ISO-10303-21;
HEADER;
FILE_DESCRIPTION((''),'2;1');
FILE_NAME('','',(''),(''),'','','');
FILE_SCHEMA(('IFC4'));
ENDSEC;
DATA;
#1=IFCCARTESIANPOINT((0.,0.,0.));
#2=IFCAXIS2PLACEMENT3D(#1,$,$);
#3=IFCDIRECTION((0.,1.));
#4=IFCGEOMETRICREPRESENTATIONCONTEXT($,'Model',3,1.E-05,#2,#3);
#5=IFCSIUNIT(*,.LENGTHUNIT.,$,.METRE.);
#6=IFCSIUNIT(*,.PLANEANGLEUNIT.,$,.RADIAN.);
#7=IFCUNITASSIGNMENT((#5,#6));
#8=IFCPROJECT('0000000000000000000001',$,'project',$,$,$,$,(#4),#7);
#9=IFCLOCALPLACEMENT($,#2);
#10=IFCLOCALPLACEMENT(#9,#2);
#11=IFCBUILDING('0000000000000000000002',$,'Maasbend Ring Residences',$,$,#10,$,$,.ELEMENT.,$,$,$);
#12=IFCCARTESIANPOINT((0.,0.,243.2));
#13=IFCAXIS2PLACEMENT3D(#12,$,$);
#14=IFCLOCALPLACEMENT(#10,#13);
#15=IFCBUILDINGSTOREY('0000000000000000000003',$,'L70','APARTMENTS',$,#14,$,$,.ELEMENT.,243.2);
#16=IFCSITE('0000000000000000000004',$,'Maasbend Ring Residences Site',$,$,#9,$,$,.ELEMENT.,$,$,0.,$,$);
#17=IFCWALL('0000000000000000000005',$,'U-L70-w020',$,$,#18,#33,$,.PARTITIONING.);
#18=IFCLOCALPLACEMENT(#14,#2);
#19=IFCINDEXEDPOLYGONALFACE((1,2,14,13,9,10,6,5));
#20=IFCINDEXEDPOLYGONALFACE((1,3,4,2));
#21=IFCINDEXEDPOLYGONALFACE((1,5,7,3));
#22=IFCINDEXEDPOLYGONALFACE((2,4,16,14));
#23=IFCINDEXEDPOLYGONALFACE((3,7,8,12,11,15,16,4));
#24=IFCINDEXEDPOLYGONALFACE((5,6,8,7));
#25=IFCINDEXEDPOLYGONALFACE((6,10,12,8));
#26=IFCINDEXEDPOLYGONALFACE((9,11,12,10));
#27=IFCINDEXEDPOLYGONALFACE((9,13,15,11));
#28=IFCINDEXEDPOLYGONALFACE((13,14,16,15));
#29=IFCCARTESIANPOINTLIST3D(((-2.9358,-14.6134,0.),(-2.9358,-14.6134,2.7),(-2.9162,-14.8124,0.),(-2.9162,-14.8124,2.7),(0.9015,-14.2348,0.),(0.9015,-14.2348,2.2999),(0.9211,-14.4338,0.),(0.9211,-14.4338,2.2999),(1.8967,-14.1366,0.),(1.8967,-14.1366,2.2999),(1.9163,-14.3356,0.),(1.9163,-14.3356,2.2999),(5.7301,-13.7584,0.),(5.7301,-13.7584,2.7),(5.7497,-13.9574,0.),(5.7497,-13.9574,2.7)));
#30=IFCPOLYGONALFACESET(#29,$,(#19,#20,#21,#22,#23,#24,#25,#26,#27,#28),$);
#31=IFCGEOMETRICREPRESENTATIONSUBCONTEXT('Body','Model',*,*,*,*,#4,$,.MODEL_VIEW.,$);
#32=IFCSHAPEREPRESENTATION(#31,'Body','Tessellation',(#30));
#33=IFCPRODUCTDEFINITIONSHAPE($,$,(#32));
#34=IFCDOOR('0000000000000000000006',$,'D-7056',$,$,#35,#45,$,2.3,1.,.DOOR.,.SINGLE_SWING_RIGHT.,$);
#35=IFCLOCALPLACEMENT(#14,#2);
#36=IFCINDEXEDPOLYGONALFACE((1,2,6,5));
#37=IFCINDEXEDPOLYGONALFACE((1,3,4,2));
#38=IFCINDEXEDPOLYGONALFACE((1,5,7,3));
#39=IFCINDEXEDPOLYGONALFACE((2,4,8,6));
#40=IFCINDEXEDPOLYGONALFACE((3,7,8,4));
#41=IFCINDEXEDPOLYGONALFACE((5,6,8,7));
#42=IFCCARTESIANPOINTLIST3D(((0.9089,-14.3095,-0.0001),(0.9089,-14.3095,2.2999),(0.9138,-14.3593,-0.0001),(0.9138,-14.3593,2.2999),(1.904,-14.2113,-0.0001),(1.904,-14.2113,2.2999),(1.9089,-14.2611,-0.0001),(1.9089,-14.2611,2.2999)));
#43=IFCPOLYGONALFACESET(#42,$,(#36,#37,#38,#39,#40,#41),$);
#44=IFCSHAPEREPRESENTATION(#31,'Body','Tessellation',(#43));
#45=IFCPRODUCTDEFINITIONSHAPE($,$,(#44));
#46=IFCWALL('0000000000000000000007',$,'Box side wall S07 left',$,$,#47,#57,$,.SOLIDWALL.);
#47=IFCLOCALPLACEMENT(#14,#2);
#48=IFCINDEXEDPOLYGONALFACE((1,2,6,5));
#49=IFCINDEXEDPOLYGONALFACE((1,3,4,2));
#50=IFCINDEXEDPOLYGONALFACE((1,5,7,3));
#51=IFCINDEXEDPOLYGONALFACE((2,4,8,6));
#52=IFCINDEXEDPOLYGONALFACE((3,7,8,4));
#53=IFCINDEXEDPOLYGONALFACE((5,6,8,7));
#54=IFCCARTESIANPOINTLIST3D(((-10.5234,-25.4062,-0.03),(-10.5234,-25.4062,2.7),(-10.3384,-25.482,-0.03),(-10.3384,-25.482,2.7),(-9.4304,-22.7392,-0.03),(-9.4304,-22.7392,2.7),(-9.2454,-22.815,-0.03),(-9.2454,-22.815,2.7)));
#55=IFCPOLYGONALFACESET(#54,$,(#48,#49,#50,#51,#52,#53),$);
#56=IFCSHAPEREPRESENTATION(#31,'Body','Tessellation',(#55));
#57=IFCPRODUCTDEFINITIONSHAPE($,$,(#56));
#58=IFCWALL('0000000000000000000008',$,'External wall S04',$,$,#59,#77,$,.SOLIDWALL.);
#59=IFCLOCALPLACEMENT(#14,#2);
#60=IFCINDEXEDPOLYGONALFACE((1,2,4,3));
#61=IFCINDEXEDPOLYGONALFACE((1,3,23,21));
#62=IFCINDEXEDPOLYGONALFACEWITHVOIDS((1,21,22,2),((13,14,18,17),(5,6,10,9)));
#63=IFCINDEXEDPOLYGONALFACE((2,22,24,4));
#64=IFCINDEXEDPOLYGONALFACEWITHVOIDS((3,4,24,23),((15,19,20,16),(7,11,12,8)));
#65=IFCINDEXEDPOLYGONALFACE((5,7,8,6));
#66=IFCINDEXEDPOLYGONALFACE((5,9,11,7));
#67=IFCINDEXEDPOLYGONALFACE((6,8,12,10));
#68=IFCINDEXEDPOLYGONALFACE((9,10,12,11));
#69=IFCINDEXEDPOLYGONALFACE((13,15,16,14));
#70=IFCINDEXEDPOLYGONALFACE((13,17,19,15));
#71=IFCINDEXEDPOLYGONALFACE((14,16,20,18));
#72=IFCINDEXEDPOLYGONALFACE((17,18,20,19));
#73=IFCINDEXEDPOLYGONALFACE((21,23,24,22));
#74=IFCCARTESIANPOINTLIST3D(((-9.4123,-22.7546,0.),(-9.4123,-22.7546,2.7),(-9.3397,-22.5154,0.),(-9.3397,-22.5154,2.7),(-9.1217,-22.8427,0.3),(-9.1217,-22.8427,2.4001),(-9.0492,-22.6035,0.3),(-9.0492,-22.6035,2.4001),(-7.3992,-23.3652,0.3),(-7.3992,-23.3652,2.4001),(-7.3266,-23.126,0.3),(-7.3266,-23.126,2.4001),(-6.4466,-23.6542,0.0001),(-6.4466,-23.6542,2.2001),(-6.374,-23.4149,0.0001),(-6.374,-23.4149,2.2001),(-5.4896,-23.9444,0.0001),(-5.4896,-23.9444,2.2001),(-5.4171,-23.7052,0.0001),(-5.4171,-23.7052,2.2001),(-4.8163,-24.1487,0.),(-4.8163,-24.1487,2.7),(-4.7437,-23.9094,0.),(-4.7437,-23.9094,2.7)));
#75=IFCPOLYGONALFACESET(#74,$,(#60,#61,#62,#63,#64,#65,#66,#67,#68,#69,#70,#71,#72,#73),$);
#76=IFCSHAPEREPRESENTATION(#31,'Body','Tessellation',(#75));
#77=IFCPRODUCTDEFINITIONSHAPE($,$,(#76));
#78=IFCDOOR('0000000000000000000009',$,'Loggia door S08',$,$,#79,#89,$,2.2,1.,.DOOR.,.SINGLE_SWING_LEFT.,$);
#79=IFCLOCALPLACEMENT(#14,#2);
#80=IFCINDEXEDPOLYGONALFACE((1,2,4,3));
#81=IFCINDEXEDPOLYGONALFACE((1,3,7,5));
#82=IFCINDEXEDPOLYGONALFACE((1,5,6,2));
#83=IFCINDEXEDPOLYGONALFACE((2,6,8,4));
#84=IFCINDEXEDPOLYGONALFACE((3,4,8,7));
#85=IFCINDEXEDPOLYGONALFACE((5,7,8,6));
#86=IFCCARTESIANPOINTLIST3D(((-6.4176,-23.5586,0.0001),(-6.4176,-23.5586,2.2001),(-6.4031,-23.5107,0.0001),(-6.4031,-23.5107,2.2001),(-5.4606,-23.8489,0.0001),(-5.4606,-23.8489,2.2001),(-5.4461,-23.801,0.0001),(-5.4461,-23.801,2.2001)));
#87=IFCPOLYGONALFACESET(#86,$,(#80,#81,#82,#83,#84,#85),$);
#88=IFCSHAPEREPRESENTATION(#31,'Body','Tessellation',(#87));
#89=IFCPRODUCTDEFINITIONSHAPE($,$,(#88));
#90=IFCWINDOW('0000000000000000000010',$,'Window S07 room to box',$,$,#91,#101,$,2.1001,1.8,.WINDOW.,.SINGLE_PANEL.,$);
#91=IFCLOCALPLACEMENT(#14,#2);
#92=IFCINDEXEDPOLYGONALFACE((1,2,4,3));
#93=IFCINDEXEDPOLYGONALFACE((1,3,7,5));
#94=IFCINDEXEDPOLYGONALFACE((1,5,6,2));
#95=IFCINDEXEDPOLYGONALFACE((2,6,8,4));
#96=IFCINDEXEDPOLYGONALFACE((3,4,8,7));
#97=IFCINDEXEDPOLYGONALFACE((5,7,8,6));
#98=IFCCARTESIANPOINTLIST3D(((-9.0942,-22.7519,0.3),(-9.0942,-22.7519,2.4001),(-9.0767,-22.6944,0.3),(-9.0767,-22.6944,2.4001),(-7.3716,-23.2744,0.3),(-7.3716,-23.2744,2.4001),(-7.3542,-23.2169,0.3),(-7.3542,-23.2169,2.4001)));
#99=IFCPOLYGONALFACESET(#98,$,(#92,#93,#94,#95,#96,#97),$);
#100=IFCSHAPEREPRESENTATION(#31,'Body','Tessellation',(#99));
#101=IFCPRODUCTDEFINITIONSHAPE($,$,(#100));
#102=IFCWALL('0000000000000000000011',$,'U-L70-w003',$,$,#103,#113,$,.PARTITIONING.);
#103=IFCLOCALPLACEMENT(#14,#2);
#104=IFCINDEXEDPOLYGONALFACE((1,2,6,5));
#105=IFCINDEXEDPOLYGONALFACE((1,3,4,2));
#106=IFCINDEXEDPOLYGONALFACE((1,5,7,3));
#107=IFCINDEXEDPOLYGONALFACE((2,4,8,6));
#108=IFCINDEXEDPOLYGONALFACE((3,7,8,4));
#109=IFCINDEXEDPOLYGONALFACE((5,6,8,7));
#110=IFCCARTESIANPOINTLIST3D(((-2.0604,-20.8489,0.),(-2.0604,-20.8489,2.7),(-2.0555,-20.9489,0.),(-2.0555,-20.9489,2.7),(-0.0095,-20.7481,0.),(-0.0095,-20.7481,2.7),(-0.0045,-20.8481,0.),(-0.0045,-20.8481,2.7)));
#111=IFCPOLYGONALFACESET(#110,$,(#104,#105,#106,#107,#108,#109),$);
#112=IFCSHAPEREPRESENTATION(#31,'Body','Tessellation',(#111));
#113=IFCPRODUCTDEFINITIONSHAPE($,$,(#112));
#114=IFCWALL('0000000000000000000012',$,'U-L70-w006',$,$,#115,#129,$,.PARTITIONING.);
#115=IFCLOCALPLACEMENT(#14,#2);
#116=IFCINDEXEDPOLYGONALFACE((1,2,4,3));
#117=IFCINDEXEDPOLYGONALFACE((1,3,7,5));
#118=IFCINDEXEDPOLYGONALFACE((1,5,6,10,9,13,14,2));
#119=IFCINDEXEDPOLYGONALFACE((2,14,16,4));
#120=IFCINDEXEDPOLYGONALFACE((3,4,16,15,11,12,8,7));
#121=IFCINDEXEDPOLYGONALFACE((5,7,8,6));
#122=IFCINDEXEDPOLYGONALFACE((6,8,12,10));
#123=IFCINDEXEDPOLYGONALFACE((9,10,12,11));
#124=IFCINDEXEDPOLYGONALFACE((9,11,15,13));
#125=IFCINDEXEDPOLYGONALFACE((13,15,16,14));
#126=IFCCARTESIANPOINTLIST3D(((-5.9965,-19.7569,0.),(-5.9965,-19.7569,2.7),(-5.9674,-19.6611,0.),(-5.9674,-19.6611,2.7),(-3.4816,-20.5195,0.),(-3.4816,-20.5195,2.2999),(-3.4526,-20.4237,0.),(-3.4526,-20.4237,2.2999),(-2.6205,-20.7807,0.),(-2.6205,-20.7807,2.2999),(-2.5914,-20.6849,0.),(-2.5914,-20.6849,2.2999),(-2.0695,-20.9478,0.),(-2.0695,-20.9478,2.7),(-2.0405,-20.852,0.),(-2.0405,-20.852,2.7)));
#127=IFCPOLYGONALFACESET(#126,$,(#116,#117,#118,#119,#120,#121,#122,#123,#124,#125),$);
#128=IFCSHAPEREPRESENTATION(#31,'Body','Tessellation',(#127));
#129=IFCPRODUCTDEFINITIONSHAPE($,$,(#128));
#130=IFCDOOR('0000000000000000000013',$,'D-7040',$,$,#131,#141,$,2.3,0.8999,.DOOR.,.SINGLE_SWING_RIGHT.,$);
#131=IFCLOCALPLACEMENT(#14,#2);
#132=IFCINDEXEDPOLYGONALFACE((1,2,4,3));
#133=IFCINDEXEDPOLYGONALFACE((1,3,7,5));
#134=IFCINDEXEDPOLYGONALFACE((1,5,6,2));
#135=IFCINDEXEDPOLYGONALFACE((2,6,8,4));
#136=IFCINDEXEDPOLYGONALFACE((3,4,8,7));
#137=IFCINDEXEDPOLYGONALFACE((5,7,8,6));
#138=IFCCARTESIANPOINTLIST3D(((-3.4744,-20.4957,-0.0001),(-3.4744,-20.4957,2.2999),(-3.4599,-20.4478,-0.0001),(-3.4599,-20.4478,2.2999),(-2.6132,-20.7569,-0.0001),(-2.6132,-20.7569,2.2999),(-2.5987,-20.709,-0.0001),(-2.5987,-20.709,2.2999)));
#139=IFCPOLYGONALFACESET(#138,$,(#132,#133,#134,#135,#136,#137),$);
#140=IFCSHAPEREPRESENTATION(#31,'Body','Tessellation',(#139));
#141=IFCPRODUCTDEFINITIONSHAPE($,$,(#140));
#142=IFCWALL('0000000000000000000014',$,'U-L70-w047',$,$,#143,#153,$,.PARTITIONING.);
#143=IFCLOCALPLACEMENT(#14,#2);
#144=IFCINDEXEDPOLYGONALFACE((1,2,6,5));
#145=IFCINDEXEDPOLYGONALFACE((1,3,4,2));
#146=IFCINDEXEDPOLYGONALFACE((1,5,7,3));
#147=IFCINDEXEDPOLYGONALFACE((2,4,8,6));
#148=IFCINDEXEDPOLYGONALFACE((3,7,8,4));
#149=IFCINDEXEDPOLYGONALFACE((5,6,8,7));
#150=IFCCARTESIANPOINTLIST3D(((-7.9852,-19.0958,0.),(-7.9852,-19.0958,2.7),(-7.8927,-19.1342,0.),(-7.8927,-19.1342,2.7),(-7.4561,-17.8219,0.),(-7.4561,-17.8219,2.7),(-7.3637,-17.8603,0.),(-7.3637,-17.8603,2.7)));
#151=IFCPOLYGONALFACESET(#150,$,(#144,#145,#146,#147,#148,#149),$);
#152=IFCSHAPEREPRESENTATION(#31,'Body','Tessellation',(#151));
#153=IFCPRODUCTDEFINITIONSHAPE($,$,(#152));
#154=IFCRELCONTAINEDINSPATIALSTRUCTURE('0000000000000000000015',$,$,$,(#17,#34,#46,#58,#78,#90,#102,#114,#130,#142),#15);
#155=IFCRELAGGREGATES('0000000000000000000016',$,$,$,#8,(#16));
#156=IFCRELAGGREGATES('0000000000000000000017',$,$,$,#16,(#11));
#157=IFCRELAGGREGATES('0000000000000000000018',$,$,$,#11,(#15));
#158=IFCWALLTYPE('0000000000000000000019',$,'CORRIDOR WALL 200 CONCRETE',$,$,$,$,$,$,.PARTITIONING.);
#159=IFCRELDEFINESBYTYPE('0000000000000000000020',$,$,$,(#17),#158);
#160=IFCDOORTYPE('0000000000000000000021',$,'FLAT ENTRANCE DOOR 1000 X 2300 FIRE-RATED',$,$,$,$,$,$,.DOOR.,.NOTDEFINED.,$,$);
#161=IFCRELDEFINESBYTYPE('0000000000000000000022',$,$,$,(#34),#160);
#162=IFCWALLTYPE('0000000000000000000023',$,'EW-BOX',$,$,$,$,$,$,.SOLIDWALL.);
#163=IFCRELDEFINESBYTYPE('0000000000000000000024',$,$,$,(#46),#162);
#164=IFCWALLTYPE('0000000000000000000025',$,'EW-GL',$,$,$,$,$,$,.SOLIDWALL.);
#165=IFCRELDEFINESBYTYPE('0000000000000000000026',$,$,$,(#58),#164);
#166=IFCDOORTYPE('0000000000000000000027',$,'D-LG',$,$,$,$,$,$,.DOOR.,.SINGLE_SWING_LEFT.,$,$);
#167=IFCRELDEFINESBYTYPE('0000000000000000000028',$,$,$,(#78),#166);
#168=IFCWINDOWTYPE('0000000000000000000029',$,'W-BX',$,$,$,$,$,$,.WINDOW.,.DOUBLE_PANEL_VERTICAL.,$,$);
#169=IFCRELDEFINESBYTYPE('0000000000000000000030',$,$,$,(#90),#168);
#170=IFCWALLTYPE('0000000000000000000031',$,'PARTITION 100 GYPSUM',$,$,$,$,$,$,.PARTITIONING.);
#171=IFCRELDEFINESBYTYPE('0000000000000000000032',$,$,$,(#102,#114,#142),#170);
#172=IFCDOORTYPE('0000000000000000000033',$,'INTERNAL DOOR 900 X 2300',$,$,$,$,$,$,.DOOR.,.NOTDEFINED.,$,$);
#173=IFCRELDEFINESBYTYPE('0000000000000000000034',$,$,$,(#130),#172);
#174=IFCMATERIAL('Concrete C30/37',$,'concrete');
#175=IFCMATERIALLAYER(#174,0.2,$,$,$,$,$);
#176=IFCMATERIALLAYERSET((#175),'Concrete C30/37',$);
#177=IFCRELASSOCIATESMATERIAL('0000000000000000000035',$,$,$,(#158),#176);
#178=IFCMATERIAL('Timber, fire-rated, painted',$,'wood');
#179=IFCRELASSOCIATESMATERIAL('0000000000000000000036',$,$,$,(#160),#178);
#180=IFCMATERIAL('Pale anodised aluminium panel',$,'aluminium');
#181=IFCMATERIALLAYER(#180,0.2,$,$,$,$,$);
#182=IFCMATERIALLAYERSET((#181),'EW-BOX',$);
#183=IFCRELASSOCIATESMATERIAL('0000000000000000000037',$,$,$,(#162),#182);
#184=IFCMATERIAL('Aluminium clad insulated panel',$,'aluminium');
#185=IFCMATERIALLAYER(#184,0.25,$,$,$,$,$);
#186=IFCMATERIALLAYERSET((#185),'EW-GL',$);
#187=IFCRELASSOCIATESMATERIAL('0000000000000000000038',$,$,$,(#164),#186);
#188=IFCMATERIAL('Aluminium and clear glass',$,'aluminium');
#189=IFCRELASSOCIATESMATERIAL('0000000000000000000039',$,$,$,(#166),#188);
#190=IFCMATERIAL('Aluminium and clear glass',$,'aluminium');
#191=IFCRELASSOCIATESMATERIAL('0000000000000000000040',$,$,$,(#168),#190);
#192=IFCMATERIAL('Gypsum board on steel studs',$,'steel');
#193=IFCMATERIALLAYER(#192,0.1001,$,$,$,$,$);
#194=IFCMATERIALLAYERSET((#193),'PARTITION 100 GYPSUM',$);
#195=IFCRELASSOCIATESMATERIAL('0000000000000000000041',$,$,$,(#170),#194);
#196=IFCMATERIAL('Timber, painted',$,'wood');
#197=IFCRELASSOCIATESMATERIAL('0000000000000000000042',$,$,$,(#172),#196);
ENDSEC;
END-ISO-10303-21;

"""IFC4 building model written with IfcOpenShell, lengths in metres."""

from ifc_helpers import new_model, si_unit, direction, frame, frame_2d, origin, place, context, subcontext, project, spatial, rectangle, extrude, material, layer, layer_set, type_object, element, fill, save


model = new_model("IFC4")

# Units and contexts
model_context = context("Model", 3, precision=1e-05, world=origin(), true_north=direction((0.0, 1.0)))
body_context = subcontext(model_context, "Body", "Model", "MODEL_VIEW")
ifc_project = project(units=[si_unit("LENGTHUNIT", "METRE"), si_unit("PLANEANGLEUNIT", "RADIAN")], contexts=[model_context])

# Site, building, storey
site_placement = place(None, origin())
site = spatial("IfcSite", under=ifc_project, at=site_placement, Name="Maasbend Ring Residences Site", CompositionType="ELEMENT", RefElevation=0.0)
building_placement = place(site_placement, origin())
building = spatial("IfcBuilding", under=site, at=building_placement, Name="Maasbend Ring Residences", CompositionType="ELEMENT")
storey_placement = place(building_placement, frame((0.0, 0.0, 243.2)))
storey = spatial("IfcBuildingStorey", under=building, at=storey_placement, Name="L70", Description="APARTMENTS", CompositionType="ELEMENT", Elevation=243.2)

# Wall, opening, door
ifc_material_1 = material(Name="Concrete C30/37", Category="concrete")
ifc_layer_1 = layer(ifc_material_1, 0.2)
ifc_layer_set_1 = layer_set([ifc_layer_1], Name="Concrete C30/37")
wall_type_1 = type_object("IfcWallType", Name="CORRIDOR WALL 200 CONCRETE", PredefinedType="PARTITIONING", material=ifc_layer_set_1)
ifc_material_2 = material(Name="Timber, fire-rated, painted", Category="wood")
door_type_1 = type_object("IfcDoorType", Name="FLAT ENTRANCE DOOR 1000 X 2300 FIRE-RATED", OperationType="NOTDEFINED", PredefinedType="DOOR", material=ifc_material_2)
wall_1_placement = place(storey_placement, frame((-2.926, -14.7129, 0.0), z_axis=(0.0, 0.0, 1.0), x_axis=(0.995168, 0.098182, 0.0)))
wall_1 = element("IfcWall", 1, at=wall_1_placement, inside=storey, type_object=wall_type_1, Name="U-L70-w020", PredefinedType="PARTITIONING", context=body_context, shape_type="SweptSolid", body=[
    extrude(rectangle(XDim=8.708, YDim=0.2, at=frame_2d((4.354, 0.0))), origin(), (0.0, 0.0, 1.0), 2.7),
])
opening_1_placement = place(wall_1_placement, frame((3.856, 0.0, 0.0)))
opening_1 = element("IfcOpeningElement", 2, at=opening_1_placement, cuts=wall_1, PredefinedType="OPENING", context=body_context, shape_type="SweptSolid", body=[
    extrude(rectangle(XDim=1.0, YDim=2.3, at=frame_2d((0.5, 1.1499))), frame((0.0, 0.1099, 0.0), z_axis=(0.0, -1.0, 0.0), x_axis=(1.0, 0.0, 0.0)), (0.0, 0.0, 1.0), 0.22),
])
door_1_placement = place(opening_1_placement, origin())
door_1 = element("IfcDoor", 3, at=door_1_placement, inside=storey, type_object=door_type_1, Name="D-7056", OperationType="SINGLE_SWING_RIGHT", OverallHeight=2.3, OverallWidth=1.0, PredefinedType="DOOR", context=body_context, shape_type="SweptSolid", body=[
    extrude(rectangle(XDim=1.0, YDim=2.3, at=frame_2d((0.5, 1.1499))), frame((0.0, 0.0249, 0.0), z_axis=(0.0, -1.0, 0.0), x_axis=(1.0, 0.0, 0.0)), (0.0, 0.0, 1.0), 0.05),
])
fill(opening_1, door_1)

# Wall
ifc_material_3 = material(Name="Pale anodised aluminium panel", Category="aluminium")
ifc_layer_2 = layer(ifc_material_3, 0.2)
ifc_layer_set_2 = layer_set([ifc_layer_2], Name="EW-BOX")
wall_type_2 = type_object("IfcWallType", Name="EW-BOX", PredefinedType="SOLIDWALL", material=ifc_layer_set_2)
wall_2_placement = place(storey_placement, frame((-9.3379, -22.7771, -0.03), z_axis=(0.0, 0.0, 1.0), x_axis=(-0.37922, -0.925307, 0.0)))
element("IfcWall", 4, at=wall_2_placement, inside=storey, type_object=wall_type_2, Name="Box side wall S07 left", PredefinedType="SOLIDWALL", context=body_context, shape_type="SweptSolid", body=[
    extrude(rectangle(XDim=2.8823, YDim=0.2, at=frame_2d((1.4412, 0.0))), origin(), (0.0, 0.0, 1.0), 2.73),
])

# Wall, openings, door, window
ifc_material_4 = material(Name="Aluminium clad insulated panel", Category="aluminium")
ifc_layer_3 = layer(ifc_material_4, 0.25)
ifc_layer_set_3 = layer_set([ifc_layer_3], Name="EW-GL")
wall_type_3 = type_object("IfcWallType", Name="EW-GL", PredefinedType="SOLIDWALL", material=ifc_layer_set_3)
wall_3_placement = place(storey_placement, frame((-9.376, -22.635, 0.0), z_axis=(0.0, 0.0, 1.0), x_axis=(0.956947, -0.290261, 0.0)))
wall_3 = element("IfcWall", 5, at=wall_3_placement, inside=storey, type_object=wall_type_3, Name="External wall S04", PredefinedType="SOLIDWALL", context=body_context, shape_type="SweptSolid", body=[
    extrude(rectangle(XDim=4.8027, YDim=0.25, at=frame_2d((2.4014, 0.0))), origin(), (0.0, 0.0, 1.0), 2.7),
])
opening_2_placement = place(wall_3_placement, frame((0.3037, 0.0, 0.3)))
opening_2 = element("IfcOpeningElement", 6, at=opening_2_placement, cuts=wall_3, PredefinedType="OPENING", context=body_context, shape_type="SweptSolid", body=[
    extrude(rectangle(XDim=1.8, YDim=2.1001, at=frame_2d((0.8999, 1.05))), frame((0.0, 0.135, 0.0), z_axis=(0.0, -1.0, 0.0), x_axis=(1.0, 0.0, 0.0)), (0.0, 0.0, 1.0), 0.27),
])
opening_3_placement = place(wall_3_placement, frame((3.0991, 0.0, 0.0)))
opening_3 = element("IfcOpeningElement", 7, at=opening_3_placement, cuts=wall_3, PredefinedType="OPENING", context=body_context, shape_type="SweptSolid", body=[
    extrude(rectangle(XDim=1.0, YDim=2.2, at=frame_2d((0.5, 1.1001))), frame((0.0, 0.135, 0.0), z_axis=(0.0, -1.0, 0.0), x_axis=(1.0, 0.0, 0.0)), (0.0, 0.0, 1.0), 0.27),
])
ifc_material_5 = material(Name="Aluminium and clear glass", Category="aluminium")
door_type_2 = type_object("IfcDoorType", Name="D-LG", OperationType="SINGLE_SWING_LEFT", PredefinedType="DOOR", material=ifc_material_5)
door_2_placement = place(opening_3_placement, origin())
door_2 = element("IfcDoor", 8, at=door_2_placement, inside=storey, type_object=door_type_2, Name="Loggia door S08", OperationType="SINGLE_SWING_LEFT", OverallHeight=2.2, OverallWidth=1.0, PredefinedType="DOOR", context=body_context, shape_type="SweptSolid", body=[
    extrude(rectangle(XDim=1.0, YDim=2.2, at=frame_2d((0.5, 1.1001))), frame((0.0, 0.0249, 0.0), z_axis=(0.0, -1.0, 0.0), x_axis=(1.0, 0.0, 0.0)), (0.0, 0.0, 1.0), 0.05),
])
fill(opening_3, door_2)
ifc_material_6 = material(Name="Aluminium and clear glass", Category="aluminium")
window_type = type_object("IfcWindowType", Name="W-BX", PartitioningType="DOUBLE_PANEL_VERTICAL", PredefinedType="WINDOW", material=ifc_material_6)
window_placement = place(opening_2_placement, origin())
window = element("IfcWindow", 9, at=window_placement, inside=storey, type_object=window_type, Name="Window S07 room to box", OverallHeight=2.1001, OverallWidth=1.8, PartitioningType="SINGLE_PANEL", PredefinedType="WINDOW", context=body_context, shape_type="SweptSolid", body=[
    extrude(rectangle(XDim=1.8, YDim=2.1001, at=frame_2d((0.8999, 1.05))), frame((0.0, 0.03, 0.0), z_axis=(0.0, -1.0, 0.0), x_axis=(1.0, 0.0, 0.0)), (0.0, 0.0, 1.0), 0.0601),
])
fill(opening_2, window)

# Wall
ifc_material_7 = material(Name="Gypsum board on steel studs", Category="steel")
ifc_layer_4 = layer(ifc_material_7, 0.1001)
ifc_layer_set_4 = layer_set([ifc_layer_4], Name="PARTITION 100 GYPSUM")
wall_type_4 = type_object("IfcWallType", Name="PARTITION 100 GYPSUM", PredefinedType="PARTITIONING", material=ifc_layer_set_4)
wall_4_placement = place(storey_placement, frame((-2.0581, -20.8989, 0.0), z_axis=(0.0, 0.0, 1.0), x_axis=(0.998794, 0.049102, 0.0)))
element("IfcWall", 10, at=wall_4_placement, inside=storey, type_object=wall_type_4, Name="U-L70-w003", PredefinedType="PARTITIONING", context=body_context, shape_type="SweptSolid", body=[
    extrude(rectangle(XDim=2.0535, YDim=0.1001, at=frame_2d((1.0269, 0.0))), origin(), (0.0, 0.0, 1.0), 2.7),
])

# Wall, opening, door
wall_5_placement = place(storey_placement, frame((-5.9819, -19.709, 0.0), z_axis=(0.0, 0.0, 1.0), x_axis=(0.956962, -0.290212, 0.0)))
wall_5 = element("IfcWall", 11, at=wall_5_placement, inside=storey, type_object=wall_type_4, Name="U-L70-w006", PredefinedType="PARTITIONING", context=body_context, shape_type="SweptSolid", body=[
    extrude(rectangle(XDim=4.1035, YDim=0.1001, at=frame_2d((2.0518, 0.0))), origin(), (0.0, 0.0, 1.0), 2.7),
])
opening_4_placement = place(wall_5_placement, frame((2.6279, 0.0, 0.0)))
opening_4 = element("IfcOpeningElement", 12, at=opening_4_placement, cuts=wall_5, PredefinedType="OPENING", context=body_context, shape_type="SweptSolid", body=[
    extrude(rectangle(XDim=0.8999, YDim=2.3, at=frame_2d((0.45, 1.1499))), frame((0.0, 0.0601, 0.0), z_axis=(0.0, -1.0, 0.0), x_axis=(1.0, 0.0, 0.0)), (0.0, 0.0, 1.0), 0.1201),
])
ifc_material_8 = material(Name="Timber, painted", Category="wood")
door_type_3 = type_object("IfcDoorType", Name="INTERNAL DOOR 900 X 2300", OperationType="NOTDEFINED", PredefinedType="DOOR", material=ifc_material_8)
door_3_placement = place(opening_4_placement, origin())
door_3 = element("IfcDoor", 13, at=door_3_placement, inside=storey, type_object=door_type_3, Name="D-7040", OperationType="SINGLE_SWING_RIGHT", OverallHeight=2.3, OverallWidth=0.8999, PredefinedType="DOOR", context=body_context, shape_type="SweptSolid", body=[
    extrude(rectangle(XDim=0.8999, YDim=2.3, at=frame_2d((0.45, 1.1499))), frame((0.0, 0.0249, 0.0), z_axis=(0.0, -1.0, 0.0), x_axis=(1.0, 0.0, 0.0)), (0.0, 0.0, 1.0), 0.05),
])
fill(opening_4, door_3)

# Wall
wall_6_placement = place(storey_placement, frame((-7.939, -19.115, 0.0), z_axis=(0.0, 0.0, 1.0), x_axis=(0.383534, 0.923527, 0.0)))
element("IfcWall", 14, at=wall_6_placement, inside=storey, type_object=wall_type_4, Name="U-L70-w047", PredefinedType="PARTITIONING", context=body_context, shape_type="SweptSolid", body=[
    extrude(rectangle(XDim=1.3794, YDim=0.1001, at=frame_2d((0.6897, 0.0))), origin(), (0.0, 0.0, 1.0), 2.7),
])

save(model, "model.ifc")
